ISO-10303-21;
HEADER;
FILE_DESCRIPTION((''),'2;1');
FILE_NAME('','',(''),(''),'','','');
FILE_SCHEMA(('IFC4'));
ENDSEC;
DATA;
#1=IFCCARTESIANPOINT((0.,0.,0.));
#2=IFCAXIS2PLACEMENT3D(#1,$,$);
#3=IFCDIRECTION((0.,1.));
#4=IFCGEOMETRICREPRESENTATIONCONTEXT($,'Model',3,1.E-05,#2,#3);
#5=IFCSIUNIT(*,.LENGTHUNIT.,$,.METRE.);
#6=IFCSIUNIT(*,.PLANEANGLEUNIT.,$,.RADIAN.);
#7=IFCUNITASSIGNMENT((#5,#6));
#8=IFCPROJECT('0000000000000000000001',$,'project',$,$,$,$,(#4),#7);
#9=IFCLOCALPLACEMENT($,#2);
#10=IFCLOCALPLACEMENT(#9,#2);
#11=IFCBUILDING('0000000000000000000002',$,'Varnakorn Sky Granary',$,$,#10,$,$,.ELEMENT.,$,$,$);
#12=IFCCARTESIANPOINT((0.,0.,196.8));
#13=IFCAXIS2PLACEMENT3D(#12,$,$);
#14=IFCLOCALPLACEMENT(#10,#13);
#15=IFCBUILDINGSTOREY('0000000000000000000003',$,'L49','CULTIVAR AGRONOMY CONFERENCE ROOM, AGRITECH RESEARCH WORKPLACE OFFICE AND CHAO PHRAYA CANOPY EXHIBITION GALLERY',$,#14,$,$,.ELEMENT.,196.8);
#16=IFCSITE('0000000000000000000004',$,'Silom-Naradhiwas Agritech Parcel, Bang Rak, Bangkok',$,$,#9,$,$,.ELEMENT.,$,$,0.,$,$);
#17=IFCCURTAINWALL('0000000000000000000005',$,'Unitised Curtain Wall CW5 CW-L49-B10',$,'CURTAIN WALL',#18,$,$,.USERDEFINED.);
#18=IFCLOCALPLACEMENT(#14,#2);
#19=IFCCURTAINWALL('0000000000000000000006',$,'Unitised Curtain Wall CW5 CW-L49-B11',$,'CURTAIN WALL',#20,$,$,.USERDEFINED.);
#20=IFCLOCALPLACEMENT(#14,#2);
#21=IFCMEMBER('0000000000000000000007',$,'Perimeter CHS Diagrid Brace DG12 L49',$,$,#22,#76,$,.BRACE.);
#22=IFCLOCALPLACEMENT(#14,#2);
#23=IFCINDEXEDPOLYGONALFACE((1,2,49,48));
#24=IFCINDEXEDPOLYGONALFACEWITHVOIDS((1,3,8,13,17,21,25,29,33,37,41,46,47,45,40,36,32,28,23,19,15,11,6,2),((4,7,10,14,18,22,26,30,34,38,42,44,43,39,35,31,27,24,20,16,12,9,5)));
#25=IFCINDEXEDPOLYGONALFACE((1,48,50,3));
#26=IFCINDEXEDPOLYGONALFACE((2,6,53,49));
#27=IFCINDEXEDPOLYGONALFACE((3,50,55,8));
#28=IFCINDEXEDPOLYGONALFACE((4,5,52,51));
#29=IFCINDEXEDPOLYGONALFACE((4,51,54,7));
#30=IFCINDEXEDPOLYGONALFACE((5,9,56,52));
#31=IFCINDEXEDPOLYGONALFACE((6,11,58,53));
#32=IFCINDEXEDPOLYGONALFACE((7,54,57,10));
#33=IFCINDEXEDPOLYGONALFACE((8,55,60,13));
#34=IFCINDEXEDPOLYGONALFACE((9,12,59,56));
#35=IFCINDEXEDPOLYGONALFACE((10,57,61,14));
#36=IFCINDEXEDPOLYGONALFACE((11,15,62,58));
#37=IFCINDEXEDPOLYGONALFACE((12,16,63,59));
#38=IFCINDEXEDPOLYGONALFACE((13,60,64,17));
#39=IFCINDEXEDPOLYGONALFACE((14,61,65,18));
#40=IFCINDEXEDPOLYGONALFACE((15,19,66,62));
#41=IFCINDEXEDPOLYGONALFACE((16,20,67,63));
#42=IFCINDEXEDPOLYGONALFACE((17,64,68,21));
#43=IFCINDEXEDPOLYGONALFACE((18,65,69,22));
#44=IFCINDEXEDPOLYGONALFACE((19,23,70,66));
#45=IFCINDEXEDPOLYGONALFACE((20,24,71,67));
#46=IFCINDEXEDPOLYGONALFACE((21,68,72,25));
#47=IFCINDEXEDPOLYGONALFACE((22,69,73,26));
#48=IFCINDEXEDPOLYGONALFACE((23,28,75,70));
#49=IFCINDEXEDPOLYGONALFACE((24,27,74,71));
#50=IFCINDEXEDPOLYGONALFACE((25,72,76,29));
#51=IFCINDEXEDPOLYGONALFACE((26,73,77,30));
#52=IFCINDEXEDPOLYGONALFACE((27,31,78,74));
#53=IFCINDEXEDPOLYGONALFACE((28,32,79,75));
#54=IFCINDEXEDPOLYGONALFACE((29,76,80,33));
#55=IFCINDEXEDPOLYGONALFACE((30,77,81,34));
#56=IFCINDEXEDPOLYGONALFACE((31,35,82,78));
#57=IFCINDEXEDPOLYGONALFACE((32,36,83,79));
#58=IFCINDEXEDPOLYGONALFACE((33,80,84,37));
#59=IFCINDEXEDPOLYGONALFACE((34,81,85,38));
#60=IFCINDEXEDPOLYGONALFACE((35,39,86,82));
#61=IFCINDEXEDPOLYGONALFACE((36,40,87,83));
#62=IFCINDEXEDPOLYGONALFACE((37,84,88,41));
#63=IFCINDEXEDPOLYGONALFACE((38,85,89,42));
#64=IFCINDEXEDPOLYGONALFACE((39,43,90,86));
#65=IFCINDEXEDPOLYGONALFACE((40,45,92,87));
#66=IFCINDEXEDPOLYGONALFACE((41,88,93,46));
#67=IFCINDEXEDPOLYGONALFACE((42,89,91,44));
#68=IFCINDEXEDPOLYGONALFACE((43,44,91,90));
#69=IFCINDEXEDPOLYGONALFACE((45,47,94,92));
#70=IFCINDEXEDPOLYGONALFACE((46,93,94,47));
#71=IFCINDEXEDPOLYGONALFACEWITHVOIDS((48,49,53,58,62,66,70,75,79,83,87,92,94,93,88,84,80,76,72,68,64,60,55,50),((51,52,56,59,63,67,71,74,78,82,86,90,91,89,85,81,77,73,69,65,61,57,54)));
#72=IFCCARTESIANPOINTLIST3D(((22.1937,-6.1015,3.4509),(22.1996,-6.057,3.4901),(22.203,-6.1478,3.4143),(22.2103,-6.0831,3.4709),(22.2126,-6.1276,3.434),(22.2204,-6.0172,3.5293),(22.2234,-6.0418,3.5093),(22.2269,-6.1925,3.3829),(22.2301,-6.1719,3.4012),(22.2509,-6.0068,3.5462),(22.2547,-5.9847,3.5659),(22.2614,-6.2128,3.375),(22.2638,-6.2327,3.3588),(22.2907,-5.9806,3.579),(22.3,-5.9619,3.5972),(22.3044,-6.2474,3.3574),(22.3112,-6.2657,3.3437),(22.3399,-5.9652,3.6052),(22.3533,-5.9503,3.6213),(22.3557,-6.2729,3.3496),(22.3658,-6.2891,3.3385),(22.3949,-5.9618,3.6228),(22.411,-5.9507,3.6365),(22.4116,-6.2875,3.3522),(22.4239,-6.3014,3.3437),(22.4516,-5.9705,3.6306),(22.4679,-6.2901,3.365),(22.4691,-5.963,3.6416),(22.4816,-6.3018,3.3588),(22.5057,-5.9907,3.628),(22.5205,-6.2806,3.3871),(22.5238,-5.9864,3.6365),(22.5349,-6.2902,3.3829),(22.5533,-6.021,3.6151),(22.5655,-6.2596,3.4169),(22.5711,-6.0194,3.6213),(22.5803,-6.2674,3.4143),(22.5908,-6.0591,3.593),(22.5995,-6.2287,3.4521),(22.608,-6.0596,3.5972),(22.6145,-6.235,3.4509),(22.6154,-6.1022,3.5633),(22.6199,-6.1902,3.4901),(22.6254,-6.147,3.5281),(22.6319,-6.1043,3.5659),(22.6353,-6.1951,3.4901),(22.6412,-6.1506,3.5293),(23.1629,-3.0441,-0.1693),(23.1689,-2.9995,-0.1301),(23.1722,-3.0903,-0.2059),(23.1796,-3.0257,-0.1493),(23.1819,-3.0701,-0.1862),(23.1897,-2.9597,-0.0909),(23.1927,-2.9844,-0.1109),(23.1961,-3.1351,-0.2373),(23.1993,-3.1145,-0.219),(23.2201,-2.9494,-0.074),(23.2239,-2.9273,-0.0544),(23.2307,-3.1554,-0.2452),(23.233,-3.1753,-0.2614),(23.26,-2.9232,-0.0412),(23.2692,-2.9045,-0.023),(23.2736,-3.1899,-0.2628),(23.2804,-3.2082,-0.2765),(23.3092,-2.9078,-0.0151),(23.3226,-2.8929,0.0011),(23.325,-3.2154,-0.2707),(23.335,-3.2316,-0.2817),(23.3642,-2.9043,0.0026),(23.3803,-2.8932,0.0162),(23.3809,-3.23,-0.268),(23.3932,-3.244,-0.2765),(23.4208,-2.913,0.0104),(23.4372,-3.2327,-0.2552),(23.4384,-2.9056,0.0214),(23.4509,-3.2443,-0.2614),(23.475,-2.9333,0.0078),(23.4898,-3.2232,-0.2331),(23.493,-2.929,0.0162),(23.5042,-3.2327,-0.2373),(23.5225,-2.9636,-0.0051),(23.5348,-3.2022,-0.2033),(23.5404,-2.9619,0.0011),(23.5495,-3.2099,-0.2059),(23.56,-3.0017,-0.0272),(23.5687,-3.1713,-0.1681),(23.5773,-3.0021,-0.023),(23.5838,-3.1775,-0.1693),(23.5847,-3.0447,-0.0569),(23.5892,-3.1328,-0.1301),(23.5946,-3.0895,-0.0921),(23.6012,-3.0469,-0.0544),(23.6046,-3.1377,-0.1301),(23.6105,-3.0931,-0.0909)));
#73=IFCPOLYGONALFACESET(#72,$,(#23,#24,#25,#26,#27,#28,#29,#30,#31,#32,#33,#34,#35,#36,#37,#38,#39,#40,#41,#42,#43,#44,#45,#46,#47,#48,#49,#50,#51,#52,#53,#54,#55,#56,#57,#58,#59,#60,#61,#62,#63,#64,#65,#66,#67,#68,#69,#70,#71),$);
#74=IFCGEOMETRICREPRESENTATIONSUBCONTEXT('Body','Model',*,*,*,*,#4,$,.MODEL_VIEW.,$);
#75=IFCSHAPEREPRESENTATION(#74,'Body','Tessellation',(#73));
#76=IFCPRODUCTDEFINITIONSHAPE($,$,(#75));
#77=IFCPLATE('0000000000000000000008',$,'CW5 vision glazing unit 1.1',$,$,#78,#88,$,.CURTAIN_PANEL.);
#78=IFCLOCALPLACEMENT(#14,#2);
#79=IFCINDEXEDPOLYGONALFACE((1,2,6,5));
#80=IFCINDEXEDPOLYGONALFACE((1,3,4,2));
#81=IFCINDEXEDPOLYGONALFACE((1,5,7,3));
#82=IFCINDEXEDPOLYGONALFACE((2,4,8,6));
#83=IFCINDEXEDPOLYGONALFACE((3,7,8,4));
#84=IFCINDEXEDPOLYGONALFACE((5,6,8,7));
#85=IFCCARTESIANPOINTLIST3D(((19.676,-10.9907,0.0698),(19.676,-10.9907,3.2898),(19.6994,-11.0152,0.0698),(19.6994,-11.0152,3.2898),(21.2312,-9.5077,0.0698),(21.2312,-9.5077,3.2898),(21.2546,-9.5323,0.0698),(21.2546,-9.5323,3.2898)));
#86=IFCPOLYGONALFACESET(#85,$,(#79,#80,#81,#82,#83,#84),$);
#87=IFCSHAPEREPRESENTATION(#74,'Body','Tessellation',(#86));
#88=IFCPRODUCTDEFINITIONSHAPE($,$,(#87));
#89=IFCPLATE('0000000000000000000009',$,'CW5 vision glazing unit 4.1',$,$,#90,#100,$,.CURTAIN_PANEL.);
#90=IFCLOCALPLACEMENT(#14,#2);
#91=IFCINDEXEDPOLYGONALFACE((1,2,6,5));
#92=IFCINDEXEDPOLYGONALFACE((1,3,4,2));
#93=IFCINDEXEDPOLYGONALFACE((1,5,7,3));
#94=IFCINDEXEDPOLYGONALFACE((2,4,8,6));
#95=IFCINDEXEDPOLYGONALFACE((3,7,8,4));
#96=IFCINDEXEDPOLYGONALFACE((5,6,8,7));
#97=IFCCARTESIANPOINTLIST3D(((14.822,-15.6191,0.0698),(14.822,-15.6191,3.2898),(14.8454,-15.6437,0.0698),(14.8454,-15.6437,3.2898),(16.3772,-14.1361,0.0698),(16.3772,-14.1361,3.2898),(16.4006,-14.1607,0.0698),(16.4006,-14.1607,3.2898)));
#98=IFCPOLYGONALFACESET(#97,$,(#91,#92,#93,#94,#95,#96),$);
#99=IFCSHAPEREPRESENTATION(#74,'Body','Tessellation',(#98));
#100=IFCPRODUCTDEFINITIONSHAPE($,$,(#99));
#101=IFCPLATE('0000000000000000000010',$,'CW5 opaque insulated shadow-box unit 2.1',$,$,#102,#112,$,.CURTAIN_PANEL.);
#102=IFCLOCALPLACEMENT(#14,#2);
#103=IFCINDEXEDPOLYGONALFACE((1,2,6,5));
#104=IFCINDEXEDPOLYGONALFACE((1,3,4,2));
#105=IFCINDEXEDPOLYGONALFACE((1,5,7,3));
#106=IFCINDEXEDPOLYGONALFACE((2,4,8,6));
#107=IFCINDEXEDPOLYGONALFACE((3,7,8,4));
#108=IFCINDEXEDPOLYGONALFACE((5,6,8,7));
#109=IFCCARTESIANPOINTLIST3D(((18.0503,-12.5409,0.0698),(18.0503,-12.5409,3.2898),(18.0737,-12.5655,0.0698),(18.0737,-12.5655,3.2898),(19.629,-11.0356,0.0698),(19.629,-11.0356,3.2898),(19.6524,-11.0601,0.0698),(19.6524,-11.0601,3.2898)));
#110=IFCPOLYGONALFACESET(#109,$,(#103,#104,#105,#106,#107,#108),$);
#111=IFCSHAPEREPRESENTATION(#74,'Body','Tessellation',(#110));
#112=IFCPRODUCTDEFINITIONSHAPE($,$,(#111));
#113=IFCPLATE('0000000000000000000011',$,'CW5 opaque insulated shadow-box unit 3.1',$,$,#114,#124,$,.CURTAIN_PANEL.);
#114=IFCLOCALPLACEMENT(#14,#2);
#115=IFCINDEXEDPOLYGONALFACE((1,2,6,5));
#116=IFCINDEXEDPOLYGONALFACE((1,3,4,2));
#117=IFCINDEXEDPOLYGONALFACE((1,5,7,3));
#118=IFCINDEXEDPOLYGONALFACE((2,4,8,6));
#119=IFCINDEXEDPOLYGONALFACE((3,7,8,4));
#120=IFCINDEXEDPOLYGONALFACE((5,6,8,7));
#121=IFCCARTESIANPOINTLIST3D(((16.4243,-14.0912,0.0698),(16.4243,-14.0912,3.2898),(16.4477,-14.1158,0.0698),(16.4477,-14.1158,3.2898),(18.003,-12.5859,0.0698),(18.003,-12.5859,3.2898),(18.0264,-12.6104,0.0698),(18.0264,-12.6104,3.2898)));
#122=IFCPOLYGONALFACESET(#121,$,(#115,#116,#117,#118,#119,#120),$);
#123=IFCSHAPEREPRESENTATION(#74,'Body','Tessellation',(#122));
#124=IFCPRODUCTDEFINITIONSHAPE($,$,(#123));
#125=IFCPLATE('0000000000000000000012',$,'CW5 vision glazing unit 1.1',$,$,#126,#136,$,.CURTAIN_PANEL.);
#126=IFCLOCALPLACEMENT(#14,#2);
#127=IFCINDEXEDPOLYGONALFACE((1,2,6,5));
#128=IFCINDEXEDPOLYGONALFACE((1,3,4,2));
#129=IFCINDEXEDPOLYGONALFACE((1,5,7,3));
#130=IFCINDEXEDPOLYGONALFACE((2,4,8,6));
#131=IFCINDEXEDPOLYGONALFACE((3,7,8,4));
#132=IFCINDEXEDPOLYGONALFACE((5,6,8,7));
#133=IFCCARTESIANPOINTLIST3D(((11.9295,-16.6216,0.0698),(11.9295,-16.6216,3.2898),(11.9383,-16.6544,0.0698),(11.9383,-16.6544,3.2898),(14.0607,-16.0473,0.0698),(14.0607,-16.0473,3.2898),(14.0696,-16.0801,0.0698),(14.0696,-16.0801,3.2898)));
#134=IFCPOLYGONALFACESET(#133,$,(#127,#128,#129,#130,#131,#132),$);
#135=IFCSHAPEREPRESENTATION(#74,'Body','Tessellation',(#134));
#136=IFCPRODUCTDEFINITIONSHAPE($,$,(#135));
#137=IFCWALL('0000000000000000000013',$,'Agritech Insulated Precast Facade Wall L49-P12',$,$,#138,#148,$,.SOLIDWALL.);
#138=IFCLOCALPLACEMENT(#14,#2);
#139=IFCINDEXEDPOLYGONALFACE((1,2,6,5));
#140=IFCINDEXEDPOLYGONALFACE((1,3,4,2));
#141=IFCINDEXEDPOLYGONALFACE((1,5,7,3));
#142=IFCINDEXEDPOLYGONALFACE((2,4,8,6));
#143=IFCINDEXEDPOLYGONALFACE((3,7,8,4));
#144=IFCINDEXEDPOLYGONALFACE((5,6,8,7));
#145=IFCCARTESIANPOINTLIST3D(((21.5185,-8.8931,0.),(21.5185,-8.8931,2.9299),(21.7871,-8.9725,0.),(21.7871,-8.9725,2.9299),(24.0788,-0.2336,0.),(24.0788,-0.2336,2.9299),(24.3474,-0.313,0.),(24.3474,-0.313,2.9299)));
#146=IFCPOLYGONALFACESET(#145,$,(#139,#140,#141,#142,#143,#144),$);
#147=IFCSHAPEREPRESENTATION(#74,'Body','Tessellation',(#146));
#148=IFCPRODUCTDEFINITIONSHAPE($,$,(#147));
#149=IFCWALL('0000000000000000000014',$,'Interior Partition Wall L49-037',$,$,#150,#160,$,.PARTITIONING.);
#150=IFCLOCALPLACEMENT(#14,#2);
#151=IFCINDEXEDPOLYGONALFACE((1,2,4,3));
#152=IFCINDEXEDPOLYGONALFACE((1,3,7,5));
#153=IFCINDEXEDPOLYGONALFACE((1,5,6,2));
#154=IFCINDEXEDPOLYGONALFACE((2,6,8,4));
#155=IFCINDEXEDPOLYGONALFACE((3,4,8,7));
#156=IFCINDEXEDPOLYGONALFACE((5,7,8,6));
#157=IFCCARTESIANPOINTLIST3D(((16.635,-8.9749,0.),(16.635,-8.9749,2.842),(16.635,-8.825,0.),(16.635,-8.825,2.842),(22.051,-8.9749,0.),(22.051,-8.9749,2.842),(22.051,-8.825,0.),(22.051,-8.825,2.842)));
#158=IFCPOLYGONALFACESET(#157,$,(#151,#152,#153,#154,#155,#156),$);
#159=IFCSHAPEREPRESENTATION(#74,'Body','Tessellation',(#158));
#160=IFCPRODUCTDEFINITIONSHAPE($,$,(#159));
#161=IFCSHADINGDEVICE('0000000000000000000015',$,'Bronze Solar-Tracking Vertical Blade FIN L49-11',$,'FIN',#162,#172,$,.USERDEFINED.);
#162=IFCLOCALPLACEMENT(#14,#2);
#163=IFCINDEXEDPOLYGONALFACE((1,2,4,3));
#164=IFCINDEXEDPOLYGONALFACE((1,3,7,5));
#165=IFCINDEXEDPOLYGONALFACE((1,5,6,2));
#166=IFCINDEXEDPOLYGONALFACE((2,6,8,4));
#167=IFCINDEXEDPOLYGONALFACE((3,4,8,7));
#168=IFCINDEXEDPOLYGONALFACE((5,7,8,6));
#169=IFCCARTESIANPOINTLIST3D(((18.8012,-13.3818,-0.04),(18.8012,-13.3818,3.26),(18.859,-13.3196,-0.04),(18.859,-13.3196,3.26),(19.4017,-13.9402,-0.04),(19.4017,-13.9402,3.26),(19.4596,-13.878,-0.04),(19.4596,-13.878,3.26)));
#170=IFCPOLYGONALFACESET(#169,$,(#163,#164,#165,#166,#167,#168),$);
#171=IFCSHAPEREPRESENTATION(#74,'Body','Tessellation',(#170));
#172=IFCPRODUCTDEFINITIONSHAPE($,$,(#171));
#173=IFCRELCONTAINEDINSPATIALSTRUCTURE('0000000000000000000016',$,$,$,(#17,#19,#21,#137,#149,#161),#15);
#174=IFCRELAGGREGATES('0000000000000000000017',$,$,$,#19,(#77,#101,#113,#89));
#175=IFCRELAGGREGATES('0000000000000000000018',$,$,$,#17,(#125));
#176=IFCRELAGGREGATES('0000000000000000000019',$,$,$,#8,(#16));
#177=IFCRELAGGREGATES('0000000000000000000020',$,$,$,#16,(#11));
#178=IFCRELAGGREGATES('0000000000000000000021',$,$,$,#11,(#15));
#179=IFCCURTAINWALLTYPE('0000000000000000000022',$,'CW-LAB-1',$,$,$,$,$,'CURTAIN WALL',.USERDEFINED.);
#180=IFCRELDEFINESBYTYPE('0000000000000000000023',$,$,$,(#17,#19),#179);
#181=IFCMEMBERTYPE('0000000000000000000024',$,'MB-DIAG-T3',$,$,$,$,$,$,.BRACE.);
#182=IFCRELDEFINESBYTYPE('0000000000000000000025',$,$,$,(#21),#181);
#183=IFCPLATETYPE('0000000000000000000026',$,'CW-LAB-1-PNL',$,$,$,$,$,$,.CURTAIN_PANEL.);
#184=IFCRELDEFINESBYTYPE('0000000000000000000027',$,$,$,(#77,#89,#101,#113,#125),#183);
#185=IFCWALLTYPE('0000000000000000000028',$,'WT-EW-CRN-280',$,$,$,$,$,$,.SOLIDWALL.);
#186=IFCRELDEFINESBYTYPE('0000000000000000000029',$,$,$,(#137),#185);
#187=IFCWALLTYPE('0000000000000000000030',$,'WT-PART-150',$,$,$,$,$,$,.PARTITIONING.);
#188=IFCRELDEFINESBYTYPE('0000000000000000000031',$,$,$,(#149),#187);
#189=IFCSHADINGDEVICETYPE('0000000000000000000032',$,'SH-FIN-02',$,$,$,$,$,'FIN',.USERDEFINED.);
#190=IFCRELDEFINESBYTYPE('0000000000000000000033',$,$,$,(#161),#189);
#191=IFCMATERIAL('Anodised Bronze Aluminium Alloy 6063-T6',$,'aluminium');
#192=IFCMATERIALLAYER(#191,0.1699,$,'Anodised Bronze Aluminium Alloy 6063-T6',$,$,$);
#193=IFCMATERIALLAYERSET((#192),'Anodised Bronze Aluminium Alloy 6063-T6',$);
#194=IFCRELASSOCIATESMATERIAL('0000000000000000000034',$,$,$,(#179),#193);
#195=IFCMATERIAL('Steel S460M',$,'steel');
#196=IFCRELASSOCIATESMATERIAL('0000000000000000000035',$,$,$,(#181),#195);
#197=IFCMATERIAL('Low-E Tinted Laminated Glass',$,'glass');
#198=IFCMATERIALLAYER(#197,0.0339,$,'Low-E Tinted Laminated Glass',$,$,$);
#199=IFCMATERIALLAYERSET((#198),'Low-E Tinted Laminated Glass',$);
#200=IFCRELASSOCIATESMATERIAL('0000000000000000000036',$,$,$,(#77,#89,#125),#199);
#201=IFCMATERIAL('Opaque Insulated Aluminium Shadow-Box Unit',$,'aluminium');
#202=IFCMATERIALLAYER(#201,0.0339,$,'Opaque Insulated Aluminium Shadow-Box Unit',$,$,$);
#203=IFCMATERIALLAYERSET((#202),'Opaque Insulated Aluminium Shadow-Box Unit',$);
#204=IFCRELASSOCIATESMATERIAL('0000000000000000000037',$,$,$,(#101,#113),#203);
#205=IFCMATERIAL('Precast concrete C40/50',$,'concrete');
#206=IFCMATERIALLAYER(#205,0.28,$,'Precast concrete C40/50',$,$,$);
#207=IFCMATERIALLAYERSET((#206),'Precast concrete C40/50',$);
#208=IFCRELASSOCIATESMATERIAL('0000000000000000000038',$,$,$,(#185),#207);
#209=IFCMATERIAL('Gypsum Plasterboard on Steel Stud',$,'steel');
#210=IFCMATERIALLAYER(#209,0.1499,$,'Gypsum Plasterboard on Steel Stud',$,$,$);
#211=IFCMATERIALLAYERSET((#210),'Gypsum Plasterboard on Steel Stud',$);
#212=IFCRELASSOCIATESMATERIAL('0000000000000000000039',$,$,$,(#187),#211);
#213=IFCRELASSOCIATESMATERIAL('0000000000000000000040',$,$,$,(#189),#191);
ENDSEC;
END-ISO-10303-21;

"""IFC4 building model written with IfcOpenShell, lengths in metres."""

from ifc_helpers import new_model, si_unit, direction, frame, frame_2d, origin, origin_2d, place, context, subcontext, project, spatial, rectangle, hollow_circle, extrude, source, transform, mapped, material, layer, layer_set, material_profile, profile_set, type_object, type_shapes, element, aggregate, save


model = new_model("IFC4")

# Units and contexts
model_context = context("Model", 3, precision=1e-05, world=origin(), true_north=direction((0.0, 1.0)))
body_context = subcontext(model_context, "Body", "Model", "MODEL_VIEW")
ifc_project = project(units=[si_unit("LENGTHUNIT", "METRE"), si_unit("PLANEANGLEUNIT", "RADIAN")], contexts=[model_context])

# Site, building, storey
site_placement = place(None, origin())
site = spatial("IfcSite", under=ifc_project, at=site_placement, Name="Silom-Naradhiwas Agritech Parcel, Bang Rak, Bangkok", CompositionType="ELEMENT", RefElevation=0.0)
building_placement = place(site_placement, origin())
building = spatial("IfcBuilding", under=site, at=building_placement, Name="Varnakorn Sky Granary", CompositionType="ELEMENT")
storey_placement = place(building_placement, frame((0.0, 0.0, 196.8)))
storey = spatial("IfcBuildingStorey", under=building, at=storey_placement, Name="L49", Description="CULTIVAR AGRONOMY CONFERENCE ROOM, AGRITECH RESEARCH WORKPLACE OFFICE AND CHAO PHRAYA CANOPY EXHIBITION GALLERY", CompositionType="ELEMENT", Elevation=196.8)

# Shared definitions
ifc_material_1 = material(Name="Steel S460M", Category="steel")

# Curtain wall
ifc_material_2 = material(Name="Anodised Bronze Aluminium Alloy 6063-T6", Category="aluminium")
ifc_layer_1 = layer(ifc_material_2, 0.1699, Name="Anodised Bronze Aluminium Alloy 6063-T6")
ifc_layer_set_1 = layer_set([ifc_layer_1], Name="Anodised Bronze Aluminium Alloy 6063-T6")
curtain_wall_type = type_object("IfcCurtainWallType", Name="CW-LAB-1", ElementType="CURTAIN WALL", PredefinedType="USERDEFINED", material=ifc_layer_set_1)
curtain_wall_1_placement = place(storey_placement, origin())
curtain_wall_1 = element("IfcCurtainWall", 1, at=curtain_wall_1_placement, inside=storey, type_object=curtain_wall_type, Name="Unitised Curtain Wall CW5 CW-L49-B10", ObjectType="CURTAIN WALL", PredefinedType="USERDEFINED")

# Curtain wall
curtain_wall_2_placement = place(storey_placement, origin())
curtain_wall_2 = element("IfcCurtainWall", 2, at=curtain_wall_2_placement, inside=storey, type_object=curtain_wall_type, Name="Unitised Curtain Wall CW5 CW-L49-B11", ObjectType="CURTAIN WALL", PredefinedType="USERDEFINED")

# Member
ifc_material_profile_1 = material_profile(ifc_material_1, hollow_circle(Radius=0.2285, WallThickness=0.0161, at=origin_2d()), Name="CHS 457x16")
ifc_profile_set_1 = profile_set([ifc_material_profile_1], Name="Steel S460M")
member_type_1 = type_object("IfcMemberType", Name="MB-DIAG-T3", PredefinedType="BRACE", material=ifc_profile_set_1)
member_1_placement = place(storey_placement, frame((23.3867, -3.0686, -0.1301), z_axis=(-0.200399, -0.632139, 0.748492), x_axis=(0.953246, -0.302195, 0.0)))
element("IfcMember", 3, at=member_1_placement, inside=storey, type_object=member_type_1, Name="Perimeter CHS Diagrid Brace DG12 L49", PredefinedType="BRACE", context=body_context, shape_type="SweptSolid", body=[
    extrude(hollow_circle(Radius=0.2285, WallThickness=0.0161, at=origin_2d()), origin(), (0.0, 0.0, 1.0), 4.8367),
])

# Plates
ifc_material_3 = material(Name="Low-E Tinted Laminated Glass", Category="glass")
ifc_layer_2 = layer(ifc_material_3, 0.0339, Name="Low-E Tinted Laminated Glass")
ifc_layer_set_2 = layer_set([ifc_layer_2], Name="Low-E Tinted Laminated Glass")
plate_type = type_object("IfcPlateType", Name="CW-LAB-1-PNL", PredefinedType="CURTAIN_PANEL")
shared_shape_1 = source(origin(), body_context, "Body", "SweptSolid", [
    extrude(rectangle(XDim=2.1489, YDim=0.0339, at=origin_2d()), origin(), (0.0, 0.0, 1.0), 3.22),
])
plate_1_placement = place(storey_placement, frame((20.4653, -10.2615, 0.0698), z_axis=(0.0, 0.0, 1.0), x_axis=(-0.723717, -0.690097, 0.0)))
plate_1 = element("IfcPlate", 4, at=plate_1_placement, type_object=plate_type, material=ifc_layer_set_2, Name="CW5 vision glazing unit 1.1", PredefinedType="CURTAIN_PANEL", context=body_context, shape_type="MappedRepresentation", body=[
    mapped(shared_shape_1, transform((0.0, 0.0, 0.0), x_axis=(1.0, 0.0, 0.0), y_axis=(0.0, 1.0, 0.0), z_axis=(0.0, 0.0, 1.0), scale=1.0)),
])
plate_2_placement = place(storey_placement, frame((15.6113, -14.8899, 0.0698), z_axis=(0.0, 0.0, 1.0), x_axis=(-0.723717, -0.690097, 0.0)))
plate_2 = element("IfcPlate", 5, at=plate_2_placement, type_object=plate_type, material=ifc_layer_set_2, Name="CW5 vision glazing unit 4.1", PredefinedType="CURTAIN_PANEL", context=body_context, shape_type="MappedRepresentation", body=[
    mapped(shared_shape_1, transform((0.0, 0.0, 0.0), x_axis=(1.0, 0.0, 0.0), y_axis=(0.0, 1.0, 0.0), z_axis=(0.0, 0.0, 1.0), scale=1.0)),
])
ifc_material_4 = material(Name="Opaque Insulated Aluminium Shadow-Box Unit", Category="aluminium")
ifc_layer_3 = layer(ifc_material_4, 0.0339, Name="Opaque Insulated Aluminium Shadow-Box Unit")
ifc_layer_set_3 = layer_set([ifc_layer_3], Name="Opaque Insulated Aluminium Shadow-Box Unit")
shared_shape_2 = source(origin(), body_context, "Body", "SweptSolid", [
    extrude(rectangle(XDim=2.1814, YDim=0.0339, at=origin_2d()), origin(), (0.0, 0.0, 1.0), 3.22),
])
plate_3_placement = place(storey_placement, frame((18.8513, -11.8005, 0.0698), z_axis=(0.0, 0.0, 1.0), x_axis=(-0.723717, -0.690097, 0.0)))
plate_3 = element("IfcPlate", 6, at=plate_3_placement, type_object=plate_type, material=ifc_layer_set_3, Name="CW5 opaque insulated shadow-box unit 2.1", PredefinedType="CURTAIN_PANEL", context=body_context, shape_type="MappedRepresentation", body=[
    mapped(shared_shape_2, transform((0.0, 0.0, 0.0), x_axis=(1.0, 0.0, 0.0), y_axis=(0.0, 1.0, 0.0), z_axis=(0.0, 0.0, 1.0), scale=1.0)),
])
plate_4_placement = place(storey_placement, frame((17.2253, -13.3508, 0.0698), z_axis=(0.0, 0.0, 1.0), x_axis=(-0.723717, -0.690097, 0.0)))
plate_4 = element("IfcPlate", 7, at=plate_4_placement, type_object=plate_type, material=ifc_layer_set_3, Name="CW5 opaque insulated shadow-box unit 3.1", PredefinedType="CURTAIN_PANEL", context=body_context, shape_type="MappedRepresentation", body=[
    mapped(shared_shape_2, transform((0.0, 0.0, 0.0), x_axis=(1.0, 0.0, 0.0), y_axis=(0.0, 1.0, 0.0), z_axis=(0.0, 0.0, 1.0), scale=1.0)),
])
aggregate(curtain_wall_2, [plate_1, plate_3, plate_4, plate_2])
shared_shape_3 = source(origin(), body_context, "Body", "SweptSolid", [
    extrude(rectangle(XDim=2.2073, YDim=0.0339, at=origin_2d()), origin(), (0.0, 0.0, 1.0), 3.22),
])
type_shapes(plate_type, [shared_shape_1, shared_shape_2, shared_shape_3])
plate_5_placement = place(storey_placement, frame((12.9995, -16.3508, 0.0698), z_axis=(0.0, 0.0, 1.0), x_axis=(-0.965556, -0.260196, 0.0)))
plate_5 = element("IfcPlate", 8, at=plate_5_placement, type_object=plate_type, material=ifc_layer_set_2, Name="CW5 vision glazing unit 1.1", PredefinedType="CURTAIN_PANEL", context=body_context, shape_type="MappedRepresentation", body=[
    mapped(shared_shape_3, transform((0.0, 0.0, 0.0), x_axis=(1.0, 0.0, 0.0), y_axis=(0.0, 1.0, 0.0), z_axis=(0.0, 0.0, 1.0), scale=1.0)),
])
aggregate(curtain_wall_1, [plate_5])

# Walls
ifc_material_5 = material(Name="Precast concrete C40/50", Category="concrete")
ifc_layer_4 = layer(ifc_material_5, 0.28, Name="Precast concrete C40/50")
ifc_layer_set_4 = layer_set([ifc_layer_4], Name="Precast concrete C40/50")
wall_type_1 = type_object("IfcWallType", Name="WT-EW-CRN-280", PredefinedType="SOLIDWALL", material=ifc_layer_set_4)
wall_1_placement = place(storey_placement, frame((24.2131, -0.2732, 0.0), z_axis=(0.0, 0.0, 1.0), x_axis=(-0.283533, -0.958962, 0.0)))
element("IfcWall", 9, at=wall_1_placement, inside=storey, type_object=wall_type_1, Name="Agritech Insulated Precast Facade Wall L49-P12", PredefinedType="SOLIDWALL", context=body_context, shape_type="SweptSolid", body=[
    extrude(rectangle(XDim=9.03, YDim=0.28, at=frame_2d((4.5151, 0.0))), origin(), (0.0, 0.0, 1.0), 2.9299),
])
ifc_material_6 = material(Name="Gypsum Plasterboard on Steel Stud", Category="steel")
ifc_layer_5 = layer(ifc_material_6, 0.1499, Name="Gypsum Plasterboard on Steel Stud")
ifc_layer_set_5 = layer_set([ifc_layer_5], Name="Gypsum Plasterboard on Steel Stud")
wall_type_2 = type_object("IfcWallType", Name="WT-PART-150", PredefinedType="PARTITIONING", material=ifc_layer_set_5)
wall_2_placement = place(storey_placement, frame((16.635, -8.8999, 0.0), z_axis=(0.0, 0.0, 1.0), x_axis=(1.0, 0.0, 0.0)))
element("IfcWall", 10, at=wall_2_placement, inside=storey, type_object=wall_type_2, Name="Interior Partition Wall L49-037", PredefinedType="PARTITIONING", context=body_context, shape_type="SweptSolid", body=[
    extrude(rectangle(XDim=5.416, YDim=0.1499, at=frame_2d((2.708, 0.0))), origin(), (0.0, 0.0, 1.0), 2.842),
])

# Shading device
shading_device_type = type_object("IfcShadingDeviceType", Name="SH-FIN-02", ElementType="FIN", PredefinedType="USERDEFINED", material=ifc_material_2)
shared_shape_4 = source(origin(), body_context, "Body", "SweptSolid", [
    extrude(rectangle(XDim=0.085, YDim=0.8201, at=origin_2d()), origin(), (0.0, 0.0, 1.0), 3.3),
])
type_shapes(shading_device_type, [shared_shape_4])
shading_device_placement = place(storey_placement, frame((19.1304, -13.6299, -0.04), z_axis=(0.0, 0.0, 1.0), x_axis=(0.680971, 0.73231, 0.0)))
element("IfcShadingDevice", 11, at=shading_device_placement, inside=storey, type_object=shading_device_type, Name="Bronze Solar-Tracking Vertical Blade FIN L49-11", ObjectType="FIN", PredefinedType="USERDEFINED", context=body_context, shape_type="MappedRepresentation", body=[
    mapped(shared_shape_4, transform((0.0, 0.0, 0.0), x_axis=(1.0, 0.0, 0.0), y_axis=(0.0, 1.0, 0.0), z_axis=(0.0, 0.0, 1.0), scale=1.0)),
])

save(model, "model.ifc")
